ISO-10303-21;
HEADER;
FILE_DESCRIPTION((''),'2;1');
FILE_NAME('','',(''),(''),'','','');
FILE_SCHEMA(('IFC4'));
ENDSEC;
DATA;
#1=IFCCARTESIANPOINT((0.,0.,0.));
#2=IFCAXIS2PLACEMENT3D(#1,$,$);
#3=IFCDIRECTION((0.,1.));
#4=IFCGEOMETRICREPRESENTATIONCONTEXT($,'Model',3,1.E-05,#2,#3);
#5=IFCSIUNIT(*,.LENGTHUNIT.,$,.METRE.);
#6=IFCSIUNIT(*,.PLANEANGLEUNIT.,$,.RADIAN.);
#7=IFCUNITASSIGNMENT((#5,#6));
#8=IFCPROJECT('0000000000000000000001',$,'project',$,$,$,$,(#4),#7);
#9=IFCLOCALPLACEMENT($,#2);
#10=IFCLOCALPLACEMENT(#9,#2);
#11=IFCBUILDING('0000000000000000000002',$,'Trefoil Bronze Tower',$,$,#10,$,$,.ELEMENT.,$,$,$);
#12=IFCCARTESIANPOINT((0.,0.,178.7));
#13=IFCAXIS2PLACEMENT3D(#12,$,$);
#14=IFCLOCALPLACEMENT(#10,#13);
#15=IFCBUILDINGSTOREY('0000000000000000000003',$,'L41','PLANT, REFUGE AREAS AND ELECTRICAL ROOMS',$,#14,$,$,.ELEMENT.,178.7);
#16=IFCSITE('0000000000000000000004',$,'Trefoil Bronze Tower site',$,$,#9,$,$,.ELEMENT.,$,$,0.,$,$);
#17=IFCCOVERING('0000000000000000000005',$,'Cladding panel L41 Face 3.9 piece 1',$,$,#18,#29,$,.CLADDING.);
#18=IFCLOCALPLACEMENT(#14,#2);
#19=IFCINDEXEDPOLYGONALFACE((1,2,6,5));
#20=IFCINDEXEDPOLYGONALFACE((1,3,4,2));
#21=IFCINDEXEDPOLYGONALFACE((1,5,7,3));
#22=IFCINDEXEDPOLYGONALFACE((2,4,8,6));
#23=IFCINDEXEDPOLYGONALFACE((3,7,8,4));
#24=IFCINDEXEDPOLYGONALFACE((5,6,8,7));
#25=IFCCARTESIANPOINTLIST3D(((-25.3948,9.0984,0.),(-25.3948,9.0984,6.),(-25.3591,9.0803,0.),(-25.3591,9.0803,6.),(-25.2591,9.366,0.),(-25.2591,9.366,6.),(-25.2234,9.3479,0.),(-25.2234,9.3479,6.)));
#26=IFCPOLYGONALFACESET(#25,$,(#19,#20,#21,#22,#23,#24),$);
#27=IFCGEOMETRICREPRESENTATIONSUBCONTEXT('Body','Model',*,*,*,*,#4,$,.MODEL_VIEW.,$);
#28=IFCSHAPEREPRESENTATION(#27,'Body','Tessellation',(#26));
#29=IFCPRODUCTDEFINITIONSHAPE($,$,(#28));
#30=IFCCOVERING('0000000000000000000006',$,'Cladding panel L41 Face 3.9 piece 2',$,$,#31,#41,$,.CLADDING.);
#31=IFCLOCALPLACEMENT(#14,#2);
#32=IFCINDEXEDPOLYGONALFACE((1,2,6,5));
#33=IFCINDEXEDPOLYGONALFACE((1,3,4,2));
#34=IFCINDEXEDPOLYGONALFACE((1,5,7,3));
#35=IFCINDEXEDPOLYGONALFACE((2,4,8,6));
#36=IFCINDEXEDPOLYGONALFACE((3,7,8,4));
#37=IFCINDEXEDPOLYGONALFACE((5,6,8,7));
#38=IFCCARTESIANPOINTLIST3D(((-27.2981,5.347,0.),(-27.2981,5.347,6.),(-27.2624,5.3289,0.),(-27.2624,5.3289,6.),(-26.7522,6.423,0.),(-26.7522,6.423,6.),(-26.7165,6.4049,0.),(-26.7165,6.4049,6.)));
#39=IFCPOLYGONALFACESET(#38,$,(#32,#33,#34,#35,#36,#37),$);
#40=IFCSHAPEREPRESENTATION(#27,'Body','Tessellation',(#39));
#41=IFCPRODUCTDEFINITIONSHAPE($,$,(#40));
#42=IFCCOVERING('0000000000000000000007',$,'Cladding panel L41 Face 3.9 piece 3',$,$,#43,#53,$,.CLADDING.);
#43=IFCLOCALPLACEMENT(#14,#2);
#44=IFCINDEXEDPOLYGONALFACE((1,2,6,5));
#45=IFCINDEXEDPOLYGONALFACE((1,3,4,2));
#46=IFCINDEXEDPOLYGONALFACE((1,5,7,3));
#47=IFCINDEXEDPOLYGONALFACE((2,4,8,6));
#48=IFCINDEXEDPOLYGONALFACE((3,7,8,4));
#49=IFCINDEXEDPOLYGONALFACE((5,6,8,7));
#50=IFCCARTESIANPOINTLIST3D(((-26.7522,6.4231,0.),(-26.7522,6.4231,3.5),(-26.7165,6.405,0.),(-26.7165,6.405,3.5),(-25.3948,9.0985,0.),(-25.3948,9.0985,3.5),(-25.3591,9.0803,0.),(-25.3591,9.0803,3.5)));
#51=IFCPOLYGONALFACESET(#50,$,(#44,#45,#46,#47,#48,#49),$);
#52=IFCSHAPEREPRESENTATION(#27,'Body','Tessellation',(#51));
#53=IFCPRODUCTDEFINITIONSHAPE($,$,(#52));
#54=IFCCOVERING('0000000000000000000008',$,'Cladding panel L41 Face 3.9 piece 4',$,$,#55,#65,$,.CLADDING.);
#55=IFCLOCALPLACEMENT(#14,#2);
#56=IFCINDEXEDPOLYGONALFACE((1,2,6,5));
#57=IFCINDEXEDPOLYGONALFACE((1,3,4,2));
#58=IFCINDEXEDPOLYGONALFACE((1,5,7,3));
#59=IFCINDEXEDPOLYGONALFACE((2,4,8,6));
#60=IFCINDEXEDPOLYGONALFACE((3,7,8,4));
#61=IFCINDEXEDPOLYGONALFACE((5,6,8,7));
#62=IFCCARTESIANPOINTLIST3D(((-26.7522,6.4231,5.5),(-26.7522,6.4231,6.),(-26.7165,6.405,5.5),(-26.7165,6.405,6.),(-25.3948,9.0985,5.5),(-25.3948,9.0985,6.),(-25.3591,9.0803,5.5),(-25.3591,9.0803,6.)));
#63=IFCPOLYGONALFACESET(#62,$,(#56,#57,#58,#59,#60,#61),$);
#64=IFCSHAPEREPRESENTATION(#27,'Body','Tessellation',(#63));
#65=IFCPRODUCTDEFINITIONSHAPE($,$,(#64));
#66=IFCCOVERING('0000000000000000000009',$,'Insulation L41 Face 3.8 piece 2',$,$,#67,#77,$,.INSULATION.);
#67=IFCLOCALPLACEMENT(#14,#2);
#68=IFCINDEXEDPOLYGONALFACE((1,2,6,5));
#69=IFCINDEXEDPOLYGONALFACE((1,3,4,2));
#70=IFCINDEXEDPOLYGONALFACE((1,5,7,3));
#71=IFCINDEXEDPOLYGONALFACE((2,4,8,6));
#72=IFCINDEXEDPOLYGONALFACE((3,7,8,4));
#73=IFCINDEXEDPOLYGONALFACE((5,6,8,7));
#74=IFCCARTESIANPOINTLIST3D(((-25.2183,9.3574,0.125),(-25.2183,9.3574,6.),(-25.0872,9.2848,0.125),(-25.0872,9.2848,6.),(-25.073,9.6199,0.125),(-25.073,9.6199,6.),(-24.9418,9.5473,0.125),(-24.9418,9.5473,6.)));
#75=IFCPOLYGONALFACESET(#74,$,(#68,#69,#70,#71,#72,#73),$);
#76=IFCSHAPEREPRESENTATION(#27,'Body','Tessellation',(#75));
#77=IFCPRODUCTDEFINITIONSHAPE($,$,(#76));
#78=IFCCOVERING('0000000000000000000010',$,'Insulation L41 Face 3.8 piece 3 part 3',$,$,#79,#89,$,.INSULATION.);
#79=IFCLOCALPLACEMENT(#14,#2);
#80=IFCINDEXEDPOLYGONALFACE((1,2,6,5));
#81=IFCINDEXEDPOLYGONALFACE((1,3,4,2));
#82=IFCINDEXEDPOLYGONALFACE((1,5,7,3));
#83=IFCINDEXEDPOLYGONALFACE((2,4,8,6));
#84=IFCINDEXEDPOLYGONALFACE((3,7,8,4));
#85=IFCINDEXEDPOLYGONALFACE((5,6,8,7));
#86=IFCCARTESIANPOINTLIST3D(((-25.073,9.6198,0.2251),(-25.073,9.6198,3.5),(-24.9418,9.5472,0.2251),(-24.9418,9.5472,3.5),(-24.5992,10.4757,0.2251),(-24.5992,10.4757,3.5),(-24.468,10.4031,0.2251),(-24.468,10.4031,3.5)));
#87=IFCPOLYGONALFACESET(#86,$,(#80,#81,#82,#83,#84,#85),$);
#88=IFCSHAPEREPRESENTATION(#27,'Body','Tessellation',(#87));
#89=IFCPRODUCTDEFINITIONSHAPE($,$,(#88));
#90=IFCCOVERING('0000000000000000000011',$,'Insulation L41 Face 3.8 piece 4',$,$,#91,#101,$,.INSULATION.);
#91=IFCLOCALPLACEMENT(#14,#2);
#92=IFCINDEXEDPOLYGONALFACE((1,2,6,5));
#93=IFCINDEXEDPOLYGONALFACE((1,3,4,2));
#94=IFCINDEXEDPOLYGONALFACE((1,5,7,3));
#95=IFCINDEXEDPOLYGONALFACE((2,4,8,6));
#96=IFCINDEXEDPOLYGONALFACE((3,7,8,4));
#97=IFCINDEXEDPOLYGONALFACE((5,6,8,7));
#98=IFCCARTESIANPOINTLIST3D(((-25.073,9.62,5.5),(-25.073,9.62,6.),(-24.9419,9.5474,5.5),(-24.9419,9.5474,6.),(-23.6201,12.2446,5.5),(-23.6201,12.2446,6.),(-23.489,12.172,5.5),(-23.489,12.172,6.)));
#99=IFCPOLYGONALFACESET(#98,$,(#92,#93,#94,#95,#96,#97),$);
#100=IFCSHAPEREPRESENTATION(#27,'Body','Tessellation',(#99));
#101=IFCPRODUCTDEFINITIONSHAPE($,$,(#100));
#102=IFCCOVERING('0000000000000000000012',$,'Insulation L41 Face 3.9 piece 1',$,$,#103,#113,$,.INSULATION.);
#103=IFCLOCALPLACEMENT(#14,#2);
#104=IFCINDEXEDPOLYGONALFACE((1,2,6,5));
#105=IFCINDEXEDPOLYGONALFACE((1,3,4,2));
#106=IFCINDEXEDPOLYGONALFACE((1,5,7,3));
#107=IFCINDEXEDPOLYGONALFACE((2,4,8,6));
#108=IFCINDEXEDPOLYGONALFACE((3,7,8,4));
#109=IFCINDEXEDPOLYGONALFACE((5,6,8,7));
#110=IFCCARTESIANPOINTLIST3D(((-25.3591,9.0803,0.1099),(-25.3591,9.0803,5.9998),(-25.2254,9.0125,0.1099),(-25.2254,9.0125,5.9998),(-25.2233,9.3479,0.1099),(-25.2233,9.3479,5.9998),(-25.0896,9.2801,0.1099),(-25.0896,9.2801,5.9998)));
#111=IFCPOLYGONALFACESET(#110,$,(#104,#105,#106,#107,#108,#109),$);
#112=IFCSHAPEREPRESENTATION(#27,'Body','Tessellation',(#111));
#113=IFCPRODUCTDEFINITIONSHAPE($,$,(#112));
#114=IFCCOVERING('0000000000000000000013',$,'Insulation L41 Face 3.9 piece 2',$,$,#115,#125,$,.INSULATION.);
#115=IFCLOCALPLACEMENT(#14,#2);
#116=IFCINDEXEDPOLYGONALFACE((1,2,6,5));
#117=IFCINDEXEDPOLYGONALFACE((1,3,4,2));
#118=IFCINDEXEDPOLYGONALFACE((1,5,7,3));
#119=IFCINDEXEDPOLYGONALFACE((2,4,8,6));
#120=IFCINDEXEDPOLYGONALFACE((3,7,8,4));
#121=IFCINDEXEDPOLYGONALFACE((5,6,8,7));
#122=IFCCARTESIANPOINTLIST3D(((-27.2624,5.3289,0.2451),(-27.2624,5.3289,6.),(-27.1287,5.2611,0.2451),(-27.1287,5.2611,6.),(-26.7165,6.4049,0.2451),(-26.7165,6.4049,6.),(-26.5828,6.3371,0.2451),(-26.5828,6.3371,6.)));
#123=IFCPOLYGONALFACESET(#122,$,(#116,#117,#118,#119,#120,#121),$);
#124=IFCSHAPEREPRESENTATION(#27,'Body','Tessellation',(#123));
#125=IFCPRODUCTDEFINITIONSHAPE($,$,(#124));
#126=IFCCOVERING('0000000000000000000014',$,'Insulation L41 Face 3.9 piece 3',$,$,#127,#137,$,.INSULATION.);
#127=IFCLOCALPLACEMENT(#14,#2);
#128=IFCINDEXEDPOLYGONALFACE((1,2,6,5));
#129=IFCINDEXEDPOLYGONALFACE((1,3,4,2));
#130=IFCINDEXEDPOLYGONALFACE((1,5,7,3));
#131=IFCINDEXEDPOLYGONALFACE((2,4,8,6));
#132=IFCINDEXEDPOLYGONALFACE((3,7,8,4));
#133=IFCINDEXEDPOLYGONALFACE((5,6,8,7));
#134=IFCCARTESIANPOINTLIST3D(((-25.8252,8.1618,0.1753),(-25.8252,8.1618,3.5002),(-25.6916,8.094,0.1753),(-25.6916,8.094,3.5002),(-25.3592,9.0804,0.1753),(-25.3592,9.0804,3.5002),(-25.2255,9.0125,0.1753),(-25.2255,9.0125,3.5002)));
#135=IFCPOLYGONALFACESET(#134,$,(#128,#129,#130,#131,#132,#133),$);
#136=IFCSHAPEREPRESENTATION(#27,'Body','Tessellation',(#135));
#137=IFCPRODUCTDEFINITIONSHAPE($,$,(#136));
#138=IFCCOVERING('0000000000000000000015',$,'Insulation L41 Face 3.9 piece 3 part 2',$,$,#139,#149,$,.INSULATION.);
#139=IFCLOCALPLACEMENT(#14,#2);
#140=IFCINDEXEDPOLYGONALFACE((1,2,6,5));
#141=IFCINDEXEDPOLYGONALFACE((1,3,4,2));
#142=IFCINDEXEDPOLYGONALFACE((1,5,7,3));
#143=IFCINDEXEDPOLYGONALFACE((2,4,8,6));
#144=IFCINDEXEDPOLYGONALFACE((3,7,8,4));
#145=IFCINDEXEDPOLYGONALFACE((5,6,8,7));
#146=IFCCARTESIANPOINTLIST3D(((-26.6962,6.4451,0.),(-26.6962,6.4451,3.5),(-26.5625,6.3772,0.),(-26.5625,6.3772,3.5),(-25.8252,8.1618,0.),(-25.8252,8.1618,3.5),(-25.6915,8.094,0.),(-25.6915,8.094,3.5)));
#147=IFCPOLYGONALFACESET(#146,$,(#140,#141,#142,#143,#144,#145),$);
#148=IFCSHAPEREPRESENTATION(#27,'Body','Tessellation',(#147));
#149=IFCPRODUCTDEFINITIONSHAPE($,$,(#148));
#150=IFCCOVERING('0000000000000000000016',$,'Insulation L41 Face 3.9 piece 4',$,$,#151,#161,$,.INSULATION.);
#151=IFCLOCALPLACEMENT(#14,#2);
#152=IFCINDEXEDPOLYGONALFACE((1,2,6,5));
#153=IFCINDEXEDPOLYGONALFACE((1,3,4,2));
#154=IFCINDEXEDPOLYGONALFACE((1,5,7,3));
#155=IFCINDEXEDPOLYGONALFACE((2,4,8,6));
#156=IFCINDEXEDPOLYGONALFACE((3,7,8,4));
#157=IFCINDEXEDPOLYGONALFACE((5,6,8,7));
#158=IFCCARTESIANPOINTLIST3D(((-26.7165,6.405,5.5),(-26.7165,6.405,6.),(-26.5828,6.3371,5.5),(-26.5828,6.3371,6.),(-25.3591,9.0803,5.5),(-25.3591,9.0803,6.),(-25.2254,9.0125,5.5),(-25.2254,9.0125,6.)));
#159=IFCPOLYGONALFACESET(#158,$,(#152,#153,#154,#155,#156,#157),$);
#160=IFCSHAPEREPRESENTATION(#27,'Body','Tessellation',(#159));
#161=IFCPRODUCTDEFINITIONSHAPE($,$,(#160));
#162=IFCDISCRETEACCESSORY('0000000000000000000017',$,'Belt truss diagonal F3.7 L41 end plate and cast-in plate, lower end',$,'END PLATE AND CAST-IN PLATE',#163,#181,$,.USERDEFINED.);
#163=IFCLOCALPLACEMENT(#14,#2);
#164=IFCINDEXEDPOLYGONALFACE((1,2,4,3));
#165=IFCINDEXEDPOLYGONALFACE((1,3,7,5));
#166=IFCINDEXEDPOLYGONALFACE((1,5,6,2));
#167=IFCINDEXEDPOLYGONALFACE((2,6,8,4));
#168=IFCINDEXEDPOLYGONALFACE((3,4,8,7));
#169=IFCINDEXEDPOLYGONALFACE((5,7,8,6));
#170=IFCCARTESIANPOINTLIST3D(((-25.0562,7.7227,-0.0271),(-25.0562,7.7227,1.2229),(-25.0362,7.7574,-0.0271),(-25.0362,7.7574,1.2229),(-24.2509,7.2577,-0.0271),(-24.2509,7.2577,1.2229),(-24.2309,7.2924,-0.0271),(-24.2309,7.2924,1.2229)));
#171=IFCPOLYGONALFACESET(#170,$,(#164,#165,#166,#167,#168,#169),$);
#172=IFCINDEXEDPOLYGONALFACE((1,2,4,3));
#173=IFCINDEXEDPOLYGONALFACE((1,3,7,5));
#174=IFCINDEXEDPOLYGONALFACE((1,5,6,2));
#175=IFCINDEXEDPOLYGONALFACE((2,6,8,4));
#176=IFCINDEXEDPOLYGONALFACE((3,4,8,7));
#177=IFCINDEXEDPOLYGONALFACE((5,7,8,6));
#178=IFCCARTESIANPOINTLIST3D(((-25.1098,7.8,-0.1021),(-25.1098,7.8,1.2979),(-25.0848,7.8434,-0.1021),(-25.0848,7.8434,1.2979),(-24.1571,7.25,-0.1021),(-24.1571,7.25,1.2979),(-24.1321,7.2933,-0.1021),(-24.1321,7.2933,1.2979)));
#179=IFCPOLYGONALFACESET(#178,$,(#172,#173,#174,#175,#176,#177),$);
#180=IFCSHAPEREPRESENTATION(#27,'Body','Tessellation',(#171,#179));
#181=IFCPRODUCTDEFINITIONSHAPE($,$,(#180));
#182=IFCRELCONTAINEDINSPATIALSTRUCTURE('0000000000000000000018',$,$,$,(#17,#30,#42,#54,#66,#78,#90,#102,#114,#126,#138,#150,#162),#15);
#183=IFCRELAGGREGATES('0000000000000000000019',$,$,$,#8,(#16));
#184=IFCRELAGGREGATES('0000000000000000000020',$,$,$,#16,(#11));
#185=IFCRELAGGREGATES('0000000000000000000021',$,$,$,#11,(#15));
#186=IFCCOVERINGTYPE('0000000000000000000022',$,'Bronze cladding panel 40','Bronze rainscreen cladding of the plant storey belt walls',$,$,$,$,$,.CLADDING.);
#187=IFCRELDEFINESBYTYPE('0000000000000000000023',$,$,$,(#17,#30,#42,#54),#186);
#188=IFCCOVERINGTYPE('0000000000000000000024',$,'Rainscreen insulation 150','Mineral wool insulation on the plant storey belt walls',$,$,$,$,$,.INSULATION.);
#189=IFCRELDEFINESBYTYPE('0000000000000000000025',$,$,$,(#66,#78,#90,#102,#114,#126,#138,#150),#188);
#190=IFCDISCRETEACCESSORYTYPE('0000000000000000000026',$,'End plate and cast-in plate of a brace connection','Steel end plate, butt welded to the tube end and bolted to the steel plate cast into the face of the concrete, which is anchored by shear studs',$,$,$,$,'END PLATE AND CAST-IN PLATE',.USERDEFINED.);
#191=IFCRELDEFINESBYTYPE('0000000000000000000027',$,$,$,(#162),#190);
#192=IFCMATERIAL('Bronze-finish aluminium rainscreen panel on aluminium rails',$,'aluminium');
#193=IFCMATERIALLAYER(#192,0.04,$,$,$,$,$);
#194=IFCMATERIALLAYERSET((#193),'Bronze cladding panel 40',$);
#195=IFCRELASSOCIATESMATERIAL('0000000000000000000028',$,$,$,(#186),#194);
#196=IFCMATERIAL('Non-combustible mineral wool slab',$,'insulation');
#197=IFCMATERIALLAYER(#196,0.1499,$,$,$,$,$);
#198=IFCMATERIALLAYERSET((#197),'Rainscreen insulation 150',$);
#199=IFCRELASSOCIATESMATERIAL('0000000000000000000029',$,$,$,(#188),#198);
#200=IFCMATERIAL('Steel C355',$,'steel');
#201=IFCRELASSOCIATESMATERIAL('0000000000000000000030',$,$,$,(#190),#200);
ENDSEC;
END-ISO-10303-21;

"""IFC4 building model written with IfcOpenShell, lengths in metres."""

from ifc_helpers import new_model, si_unit, direction, frame, origin, origin_2d, place, context, subcontext, project, spatial, rectangle, extrude, material, layer, layer_set, type_object, element, save


model = new_model("IFC4")

# Units and contexts
model_context = context("Model", 3, precision=1e-05, world=origin(), true_north=direction((0.0, 1.0)))
body_context = subcontext(model_context, "Body", "Model", "MODEL_VIEW")
ifc_project = project(units=[si_unit("LENGTHUNIT", "METRE"), si_unit("PLANEANGLEUNIT", "RADIAN")], contexts=[model_context])

# Site, building, storey
site_placement = place(None, origin())
site = spatial("IfcSite", under=ifc_project, at=site_placement, Name="Trefoil Bronze Tower site", CompositionType="ELEMENT", RefElevation=0.0)
building_placement = place(site_placement, origin())
building = spatial("IfcBuilding", under=site, at=building_placement, Name="Trefoil Bronze Tower", CompositionType="ELEMENT")
storey_placement = place(building_placement, frame((0.0, 0.0, 178.7)))
storey = spatial("IfcBuildingStorey", under=building, at=storey_placement, Name="L41", Description="PLANT, REFUGE AREAS AND ELECTRICAL ROOMS", CompositionType="ELEMENT", Elevation=178.7)

# Coverings
ifc_material_1 = material(Name="Bronze-finish aluminium rainscreen panel on aluminium rails", Category="aluminium")
ifc_layer_1 = layer(ifc_material_1, 0.04)
ifc_layer_set_1 = layer_set([ifc_layer_1], Name="Bronze cladding panel 40")
covering_type_1 = type_object("IfcCoveringType", Name="Bronze cladding panel 40", Description="Bronze rainscreen cladding of the plant storey belt walls", PredefinedType="CLADDING", material=ifc_layer_set_1)
covering_1_placement = place(storey_placement, frame((-25.3091, 9.2231, 0.0), z_axis=(0.0, 0.0, 1.0), x_axis=(-0.452449, -0.89179, 0.0)))
element("IfcCovering", 1, at=covering_1_placement, inside=storey, type_object=covering_type_1, Name="Cladding panel L41 Face 3.9 piece 1", PredefinedType="CLADDING", context=body_context, shape_type="SweptSolid", body=[
    extrude(rectangle(XDim=0.3, YDim=0.04, at=origin_2d()), origin(), (0.0, 0.0, 1.0), 6.0),
])
covering_2_placement = place(storey_placement, frame((-27.0073, 5.876, 0.0), z_axis=(0.0, 0.0, 1.0), x_axis=(-0.452449, -0.89179, 0.0)))
element("IfcCovering", 2, at=covering_2_placement, inside=storey, type_object=covering_type_1, Name="Cladding panel L41 Face 3.9 piece 2", PredefinedType="CLADDING", context=body_context, shape_type="SweptSolid", body=[
    extrude(rectangle(XDim=1.2065, YDim=0.04, at=origin_2d()), origin(), (0.0, 0.0, 1.0), 6.0),
])
covering_3_placement = place(storey_placement, frame((-26.0557, 7.7517, 0.0), z_axis=(0.0, 0.0, 1.0), x_axis=(-0.452449, -0.89179, 0.0)))
element("IfcCovering", 3, at=covering_3_placement, inside=storey, type_object=covering_type_1, Name="Cladding panel L41 Face 3.9 piece 3", PredefinedType="CLADDING", context=body_context, shape_type="SweptSolid", body=[
    extrude(rectangle(XDim=3.0, YDim=0.04, at=origin_2d()), origin(), (0.0, 0.0, 1.0), 3.5),
])
covering_4_placement = place(storey_placement, frame((-26.0557, 7.7517, 5.5), z_axis=(0.0, 0.0, 1.0), x_axis=(-0.452449, -0.89179, 0.0)))
element("IfcCovering", 4, at=covering_4_placement, inside=storey, type_object=covering_type_1, Name="Cladding panel L41 Face 3.9 piece 4", PredefinedType="CLADDING", context=body_context, shape_type="SweptSolid", body=[
    extrude(rectangle(XDim=3.0, YDim=0.04, at=origin_2d()), origin(), (0.0, 0.0, 1.0), 0.5),
])
ifc_material_2 = material(Name="Non-combustible mineral wool slab", Category="insulation")
ifc_layer_2 = layer(ifc_material_2, 0.1499)
ifc_layer_set_2 = layer_set([ifc_layer_2], Name="Rainscreen insulation 150")
covering_type_2 = type_object("IfcCoveringType", Name="Rainscreen insulation 150", Description="Mineral wool insulation on the plant storey belt walls", PredefinedType="INSULATION", material=ifc_layer_set_2)
covering_5_placement = place(storey_placement, frame((-25.0801, 9.4524, 0.125), z_axis=(0.0, 0.0, 1.0), x_axis=(-0.484312, -0.874895, 0.0)))
element("IfcCovering", 5, at=covering_5_placement, inside=storey, type_object=covering_type_2, Name="Insulation L41 Face 3.8 piece 2", PredefinedType="INSULATION", context=body_context, shape_type="SweptSolid", body=[
    extrude(rectangle(XDim=0.3, YDim=0.1499, at=origin_2d()), origin(), (0.0, 0.0, 1.0), 5.875),
])
covering_6_placement = place(storey_placement, frame((-24.7705, 10.0115, 0.2251), z_axis=(0.0, 0.0, 1.0), x_axis=(-0.484312, -0.874895, 0.0)))
element("IfcCovering", 6, at=covering_6_placement, inside=storey, type_object=covering_type_2, Name="Insulation L41 Face 3.8 piece 3 part 3", PredefinedType="INSULATION", context=body_context, shape_type="SweptSolid", body=[
    extrude(rectangle(XDim=0.9783, YDim=0.1499, at=origin_2d()), origin(), (0.0, 0.0, 1.0), 3.2749),
])
covering_7_placement = place(storey_placement, frame((-24.281, 10.896, 5.5), z_axis=(0.0, 0.0, 1.0), x_axis=(-0.484312, -0.874895, 0.0)))
element("IfcCovering", 7, at=covering_7_placement, inside=storey, type_object=covering_type_2, Name="Insulation L41 Face 3.8 piece 4", PredefinedType="INSULATION", context=body_context, shape_type="SweptSolid", body=[
    extrude(rectangle(XDim=3.0, YDim=0.1499, at=origin_2d()), origin(), (0.0, 0.0, 1.0), 0.5),
])
covering_8_placement = place(storey_placement, frame((-25.2244, 9.1802, 0.1099), z_axis=(0.0, 0.0, 1.0), x_axis=(-0.452449, -0.89179, 0.0)))
element("IfcCovering", 8, at=covering_8_placement, inside=storey, type_object=covering_type_2, Name="Insulation L41 Face 3.9 piece 1", PredefinedType="INSULATION", context=body_context, shape_type="SweptSolid", body=[
    extrude(rectangle(XDim=0.3, YDim=0.1499, at=origin_2d()), origin(), (0.0, 0.0, 1.0), 5.8899),
])
covering_9_placement = place(storey_placement, frame((-26.9226, 5.833, 0.2451), z_axis=(0.0, 0.0, 1.0), x_axis=(-0.452449, -0.89179, 0.0)))
element("IfcCovering", 9, at=covering_9_placement, inside=storey, type_object=covering_type_2, Name="Insulation L41 Face 3.9 piece 2", PredefinedType="INSULATION", context=body_context, shape_type="SweptSolid", body=[
    extrude(rectangle(XDim=1.2065, YDim=0.1499, at=origin_2d()), origin(), (0.0, 0.0, 1.0), 5.7549),
])
covering_10_placement = place(storey_placement, frame((-25.5254, 8.5872, 0.1753), z_axis=(0.0, 0.0, 1.0), x_axis=(-0.452449, -0.89179, 0.0)))
element("IfcCovering", 10, at=covering_10_placement, inside=storey, type_object=covering_type_2, Name="Insulation L41 Face 3.9 piece 3", PredefinedType="INSULATION", context=body_context, shape_type="SweptSolid", body=[
    extrude(rectangle(XDim=1.03, YDim=0.1499, at=origin_2d()), origin(), (0.0, 0.0, 1.0), 3.325),
])
covering_11_placement = place(storey_placement, frame((-26.1938, 7.2695, 0.0), z_axis=(0.0, 0.0, 1.0), x_axis=(-0.452449, -0.89179, 0.0)))
element("IfcCovering", 11, at=covering_11_placement, inside=storey, type_object=covering_type_2, Name="Insulation L41 Face 3.9 piece 3 part 2", PredefinedType="INSULATION", context=body_context, shape_type="SweptSolid", body=[
    extrude(rectangle(XDim=1.925, YDim=0.1499, at=origin_2d()), origin(), (0.0, 0.0, 1.0), 3.5),
])
covering_12_placement = place(storey_placement, frame((-25.9709, 7.7087, 5.5), z_axis=(0.0, 0.0, 1.0), x_axis=(-0.452449, -0.89179, 0.0)))
element("IfcCovering", 12, at=covering_12_placement, inside=storey, type_object=covering_type_2, Name="Insulation L41 Face 3.9 piece 4", PredefinedType="INSULATION", context=body_context, shape_type="SweptSolid", body=[
    extrude(rectangle(XDim=3.0, YDim=0.1499, at=origin_2d()), origin(), (0.0, 0.0, 1.0), 0.5),
])

# Discrete accessory
ifc_material_3 = material(Name="Steel C355", Category="steel")
discrete_accessory_type = type_object("IfcDiscreteAccessoryType", Name="End plate and cast-in plate of a brace connection", Description="Steel end plate, butt welded to the tube end and bolted to the steel plate cast into the face of the concrete, which is anchored by shear studs", ElementType="END PLATE AND CAST-IN PLATE", PredefinedType="USERDEFINED", material=ifc_material_3)
discrete_accessory_1_placement = place(storey_placement, frame((-24.6335, 7.5249, 0.5979), z_axis=(0.0, 0.0, 1.0), x_axis=(-0.5, -0.866025, 0.0)))
element("IfcDiscreteAccessory", 13, at=discrete_accessory_1_placement, inside=storey, type_object=discrete_accessory_type, Name="Belt truss diagonal F3.7 L41 end plate and cast-in plate, lower end", ObjectType="END PLATE AND CAST-IN PLATE", PredefinedType="USERDEFINED", context=body_context, shape_type="SweptSolid", body=[
    extrude(rectangle(XDim=0.04, YDim=0.9299, at=origin_2d()), frame((0.02, 0.0, -0.625)), (0.0, 0.0, 1.0), 1.25),
    extrude(rectangle(XDim=0.05, YDim=1.1001, at=origin_2d()), frame((-0.0251, 0.0, -0.7)), (0.0, 0.0, 1.0), 1.3999),
])

save(model, "model.ifc")
